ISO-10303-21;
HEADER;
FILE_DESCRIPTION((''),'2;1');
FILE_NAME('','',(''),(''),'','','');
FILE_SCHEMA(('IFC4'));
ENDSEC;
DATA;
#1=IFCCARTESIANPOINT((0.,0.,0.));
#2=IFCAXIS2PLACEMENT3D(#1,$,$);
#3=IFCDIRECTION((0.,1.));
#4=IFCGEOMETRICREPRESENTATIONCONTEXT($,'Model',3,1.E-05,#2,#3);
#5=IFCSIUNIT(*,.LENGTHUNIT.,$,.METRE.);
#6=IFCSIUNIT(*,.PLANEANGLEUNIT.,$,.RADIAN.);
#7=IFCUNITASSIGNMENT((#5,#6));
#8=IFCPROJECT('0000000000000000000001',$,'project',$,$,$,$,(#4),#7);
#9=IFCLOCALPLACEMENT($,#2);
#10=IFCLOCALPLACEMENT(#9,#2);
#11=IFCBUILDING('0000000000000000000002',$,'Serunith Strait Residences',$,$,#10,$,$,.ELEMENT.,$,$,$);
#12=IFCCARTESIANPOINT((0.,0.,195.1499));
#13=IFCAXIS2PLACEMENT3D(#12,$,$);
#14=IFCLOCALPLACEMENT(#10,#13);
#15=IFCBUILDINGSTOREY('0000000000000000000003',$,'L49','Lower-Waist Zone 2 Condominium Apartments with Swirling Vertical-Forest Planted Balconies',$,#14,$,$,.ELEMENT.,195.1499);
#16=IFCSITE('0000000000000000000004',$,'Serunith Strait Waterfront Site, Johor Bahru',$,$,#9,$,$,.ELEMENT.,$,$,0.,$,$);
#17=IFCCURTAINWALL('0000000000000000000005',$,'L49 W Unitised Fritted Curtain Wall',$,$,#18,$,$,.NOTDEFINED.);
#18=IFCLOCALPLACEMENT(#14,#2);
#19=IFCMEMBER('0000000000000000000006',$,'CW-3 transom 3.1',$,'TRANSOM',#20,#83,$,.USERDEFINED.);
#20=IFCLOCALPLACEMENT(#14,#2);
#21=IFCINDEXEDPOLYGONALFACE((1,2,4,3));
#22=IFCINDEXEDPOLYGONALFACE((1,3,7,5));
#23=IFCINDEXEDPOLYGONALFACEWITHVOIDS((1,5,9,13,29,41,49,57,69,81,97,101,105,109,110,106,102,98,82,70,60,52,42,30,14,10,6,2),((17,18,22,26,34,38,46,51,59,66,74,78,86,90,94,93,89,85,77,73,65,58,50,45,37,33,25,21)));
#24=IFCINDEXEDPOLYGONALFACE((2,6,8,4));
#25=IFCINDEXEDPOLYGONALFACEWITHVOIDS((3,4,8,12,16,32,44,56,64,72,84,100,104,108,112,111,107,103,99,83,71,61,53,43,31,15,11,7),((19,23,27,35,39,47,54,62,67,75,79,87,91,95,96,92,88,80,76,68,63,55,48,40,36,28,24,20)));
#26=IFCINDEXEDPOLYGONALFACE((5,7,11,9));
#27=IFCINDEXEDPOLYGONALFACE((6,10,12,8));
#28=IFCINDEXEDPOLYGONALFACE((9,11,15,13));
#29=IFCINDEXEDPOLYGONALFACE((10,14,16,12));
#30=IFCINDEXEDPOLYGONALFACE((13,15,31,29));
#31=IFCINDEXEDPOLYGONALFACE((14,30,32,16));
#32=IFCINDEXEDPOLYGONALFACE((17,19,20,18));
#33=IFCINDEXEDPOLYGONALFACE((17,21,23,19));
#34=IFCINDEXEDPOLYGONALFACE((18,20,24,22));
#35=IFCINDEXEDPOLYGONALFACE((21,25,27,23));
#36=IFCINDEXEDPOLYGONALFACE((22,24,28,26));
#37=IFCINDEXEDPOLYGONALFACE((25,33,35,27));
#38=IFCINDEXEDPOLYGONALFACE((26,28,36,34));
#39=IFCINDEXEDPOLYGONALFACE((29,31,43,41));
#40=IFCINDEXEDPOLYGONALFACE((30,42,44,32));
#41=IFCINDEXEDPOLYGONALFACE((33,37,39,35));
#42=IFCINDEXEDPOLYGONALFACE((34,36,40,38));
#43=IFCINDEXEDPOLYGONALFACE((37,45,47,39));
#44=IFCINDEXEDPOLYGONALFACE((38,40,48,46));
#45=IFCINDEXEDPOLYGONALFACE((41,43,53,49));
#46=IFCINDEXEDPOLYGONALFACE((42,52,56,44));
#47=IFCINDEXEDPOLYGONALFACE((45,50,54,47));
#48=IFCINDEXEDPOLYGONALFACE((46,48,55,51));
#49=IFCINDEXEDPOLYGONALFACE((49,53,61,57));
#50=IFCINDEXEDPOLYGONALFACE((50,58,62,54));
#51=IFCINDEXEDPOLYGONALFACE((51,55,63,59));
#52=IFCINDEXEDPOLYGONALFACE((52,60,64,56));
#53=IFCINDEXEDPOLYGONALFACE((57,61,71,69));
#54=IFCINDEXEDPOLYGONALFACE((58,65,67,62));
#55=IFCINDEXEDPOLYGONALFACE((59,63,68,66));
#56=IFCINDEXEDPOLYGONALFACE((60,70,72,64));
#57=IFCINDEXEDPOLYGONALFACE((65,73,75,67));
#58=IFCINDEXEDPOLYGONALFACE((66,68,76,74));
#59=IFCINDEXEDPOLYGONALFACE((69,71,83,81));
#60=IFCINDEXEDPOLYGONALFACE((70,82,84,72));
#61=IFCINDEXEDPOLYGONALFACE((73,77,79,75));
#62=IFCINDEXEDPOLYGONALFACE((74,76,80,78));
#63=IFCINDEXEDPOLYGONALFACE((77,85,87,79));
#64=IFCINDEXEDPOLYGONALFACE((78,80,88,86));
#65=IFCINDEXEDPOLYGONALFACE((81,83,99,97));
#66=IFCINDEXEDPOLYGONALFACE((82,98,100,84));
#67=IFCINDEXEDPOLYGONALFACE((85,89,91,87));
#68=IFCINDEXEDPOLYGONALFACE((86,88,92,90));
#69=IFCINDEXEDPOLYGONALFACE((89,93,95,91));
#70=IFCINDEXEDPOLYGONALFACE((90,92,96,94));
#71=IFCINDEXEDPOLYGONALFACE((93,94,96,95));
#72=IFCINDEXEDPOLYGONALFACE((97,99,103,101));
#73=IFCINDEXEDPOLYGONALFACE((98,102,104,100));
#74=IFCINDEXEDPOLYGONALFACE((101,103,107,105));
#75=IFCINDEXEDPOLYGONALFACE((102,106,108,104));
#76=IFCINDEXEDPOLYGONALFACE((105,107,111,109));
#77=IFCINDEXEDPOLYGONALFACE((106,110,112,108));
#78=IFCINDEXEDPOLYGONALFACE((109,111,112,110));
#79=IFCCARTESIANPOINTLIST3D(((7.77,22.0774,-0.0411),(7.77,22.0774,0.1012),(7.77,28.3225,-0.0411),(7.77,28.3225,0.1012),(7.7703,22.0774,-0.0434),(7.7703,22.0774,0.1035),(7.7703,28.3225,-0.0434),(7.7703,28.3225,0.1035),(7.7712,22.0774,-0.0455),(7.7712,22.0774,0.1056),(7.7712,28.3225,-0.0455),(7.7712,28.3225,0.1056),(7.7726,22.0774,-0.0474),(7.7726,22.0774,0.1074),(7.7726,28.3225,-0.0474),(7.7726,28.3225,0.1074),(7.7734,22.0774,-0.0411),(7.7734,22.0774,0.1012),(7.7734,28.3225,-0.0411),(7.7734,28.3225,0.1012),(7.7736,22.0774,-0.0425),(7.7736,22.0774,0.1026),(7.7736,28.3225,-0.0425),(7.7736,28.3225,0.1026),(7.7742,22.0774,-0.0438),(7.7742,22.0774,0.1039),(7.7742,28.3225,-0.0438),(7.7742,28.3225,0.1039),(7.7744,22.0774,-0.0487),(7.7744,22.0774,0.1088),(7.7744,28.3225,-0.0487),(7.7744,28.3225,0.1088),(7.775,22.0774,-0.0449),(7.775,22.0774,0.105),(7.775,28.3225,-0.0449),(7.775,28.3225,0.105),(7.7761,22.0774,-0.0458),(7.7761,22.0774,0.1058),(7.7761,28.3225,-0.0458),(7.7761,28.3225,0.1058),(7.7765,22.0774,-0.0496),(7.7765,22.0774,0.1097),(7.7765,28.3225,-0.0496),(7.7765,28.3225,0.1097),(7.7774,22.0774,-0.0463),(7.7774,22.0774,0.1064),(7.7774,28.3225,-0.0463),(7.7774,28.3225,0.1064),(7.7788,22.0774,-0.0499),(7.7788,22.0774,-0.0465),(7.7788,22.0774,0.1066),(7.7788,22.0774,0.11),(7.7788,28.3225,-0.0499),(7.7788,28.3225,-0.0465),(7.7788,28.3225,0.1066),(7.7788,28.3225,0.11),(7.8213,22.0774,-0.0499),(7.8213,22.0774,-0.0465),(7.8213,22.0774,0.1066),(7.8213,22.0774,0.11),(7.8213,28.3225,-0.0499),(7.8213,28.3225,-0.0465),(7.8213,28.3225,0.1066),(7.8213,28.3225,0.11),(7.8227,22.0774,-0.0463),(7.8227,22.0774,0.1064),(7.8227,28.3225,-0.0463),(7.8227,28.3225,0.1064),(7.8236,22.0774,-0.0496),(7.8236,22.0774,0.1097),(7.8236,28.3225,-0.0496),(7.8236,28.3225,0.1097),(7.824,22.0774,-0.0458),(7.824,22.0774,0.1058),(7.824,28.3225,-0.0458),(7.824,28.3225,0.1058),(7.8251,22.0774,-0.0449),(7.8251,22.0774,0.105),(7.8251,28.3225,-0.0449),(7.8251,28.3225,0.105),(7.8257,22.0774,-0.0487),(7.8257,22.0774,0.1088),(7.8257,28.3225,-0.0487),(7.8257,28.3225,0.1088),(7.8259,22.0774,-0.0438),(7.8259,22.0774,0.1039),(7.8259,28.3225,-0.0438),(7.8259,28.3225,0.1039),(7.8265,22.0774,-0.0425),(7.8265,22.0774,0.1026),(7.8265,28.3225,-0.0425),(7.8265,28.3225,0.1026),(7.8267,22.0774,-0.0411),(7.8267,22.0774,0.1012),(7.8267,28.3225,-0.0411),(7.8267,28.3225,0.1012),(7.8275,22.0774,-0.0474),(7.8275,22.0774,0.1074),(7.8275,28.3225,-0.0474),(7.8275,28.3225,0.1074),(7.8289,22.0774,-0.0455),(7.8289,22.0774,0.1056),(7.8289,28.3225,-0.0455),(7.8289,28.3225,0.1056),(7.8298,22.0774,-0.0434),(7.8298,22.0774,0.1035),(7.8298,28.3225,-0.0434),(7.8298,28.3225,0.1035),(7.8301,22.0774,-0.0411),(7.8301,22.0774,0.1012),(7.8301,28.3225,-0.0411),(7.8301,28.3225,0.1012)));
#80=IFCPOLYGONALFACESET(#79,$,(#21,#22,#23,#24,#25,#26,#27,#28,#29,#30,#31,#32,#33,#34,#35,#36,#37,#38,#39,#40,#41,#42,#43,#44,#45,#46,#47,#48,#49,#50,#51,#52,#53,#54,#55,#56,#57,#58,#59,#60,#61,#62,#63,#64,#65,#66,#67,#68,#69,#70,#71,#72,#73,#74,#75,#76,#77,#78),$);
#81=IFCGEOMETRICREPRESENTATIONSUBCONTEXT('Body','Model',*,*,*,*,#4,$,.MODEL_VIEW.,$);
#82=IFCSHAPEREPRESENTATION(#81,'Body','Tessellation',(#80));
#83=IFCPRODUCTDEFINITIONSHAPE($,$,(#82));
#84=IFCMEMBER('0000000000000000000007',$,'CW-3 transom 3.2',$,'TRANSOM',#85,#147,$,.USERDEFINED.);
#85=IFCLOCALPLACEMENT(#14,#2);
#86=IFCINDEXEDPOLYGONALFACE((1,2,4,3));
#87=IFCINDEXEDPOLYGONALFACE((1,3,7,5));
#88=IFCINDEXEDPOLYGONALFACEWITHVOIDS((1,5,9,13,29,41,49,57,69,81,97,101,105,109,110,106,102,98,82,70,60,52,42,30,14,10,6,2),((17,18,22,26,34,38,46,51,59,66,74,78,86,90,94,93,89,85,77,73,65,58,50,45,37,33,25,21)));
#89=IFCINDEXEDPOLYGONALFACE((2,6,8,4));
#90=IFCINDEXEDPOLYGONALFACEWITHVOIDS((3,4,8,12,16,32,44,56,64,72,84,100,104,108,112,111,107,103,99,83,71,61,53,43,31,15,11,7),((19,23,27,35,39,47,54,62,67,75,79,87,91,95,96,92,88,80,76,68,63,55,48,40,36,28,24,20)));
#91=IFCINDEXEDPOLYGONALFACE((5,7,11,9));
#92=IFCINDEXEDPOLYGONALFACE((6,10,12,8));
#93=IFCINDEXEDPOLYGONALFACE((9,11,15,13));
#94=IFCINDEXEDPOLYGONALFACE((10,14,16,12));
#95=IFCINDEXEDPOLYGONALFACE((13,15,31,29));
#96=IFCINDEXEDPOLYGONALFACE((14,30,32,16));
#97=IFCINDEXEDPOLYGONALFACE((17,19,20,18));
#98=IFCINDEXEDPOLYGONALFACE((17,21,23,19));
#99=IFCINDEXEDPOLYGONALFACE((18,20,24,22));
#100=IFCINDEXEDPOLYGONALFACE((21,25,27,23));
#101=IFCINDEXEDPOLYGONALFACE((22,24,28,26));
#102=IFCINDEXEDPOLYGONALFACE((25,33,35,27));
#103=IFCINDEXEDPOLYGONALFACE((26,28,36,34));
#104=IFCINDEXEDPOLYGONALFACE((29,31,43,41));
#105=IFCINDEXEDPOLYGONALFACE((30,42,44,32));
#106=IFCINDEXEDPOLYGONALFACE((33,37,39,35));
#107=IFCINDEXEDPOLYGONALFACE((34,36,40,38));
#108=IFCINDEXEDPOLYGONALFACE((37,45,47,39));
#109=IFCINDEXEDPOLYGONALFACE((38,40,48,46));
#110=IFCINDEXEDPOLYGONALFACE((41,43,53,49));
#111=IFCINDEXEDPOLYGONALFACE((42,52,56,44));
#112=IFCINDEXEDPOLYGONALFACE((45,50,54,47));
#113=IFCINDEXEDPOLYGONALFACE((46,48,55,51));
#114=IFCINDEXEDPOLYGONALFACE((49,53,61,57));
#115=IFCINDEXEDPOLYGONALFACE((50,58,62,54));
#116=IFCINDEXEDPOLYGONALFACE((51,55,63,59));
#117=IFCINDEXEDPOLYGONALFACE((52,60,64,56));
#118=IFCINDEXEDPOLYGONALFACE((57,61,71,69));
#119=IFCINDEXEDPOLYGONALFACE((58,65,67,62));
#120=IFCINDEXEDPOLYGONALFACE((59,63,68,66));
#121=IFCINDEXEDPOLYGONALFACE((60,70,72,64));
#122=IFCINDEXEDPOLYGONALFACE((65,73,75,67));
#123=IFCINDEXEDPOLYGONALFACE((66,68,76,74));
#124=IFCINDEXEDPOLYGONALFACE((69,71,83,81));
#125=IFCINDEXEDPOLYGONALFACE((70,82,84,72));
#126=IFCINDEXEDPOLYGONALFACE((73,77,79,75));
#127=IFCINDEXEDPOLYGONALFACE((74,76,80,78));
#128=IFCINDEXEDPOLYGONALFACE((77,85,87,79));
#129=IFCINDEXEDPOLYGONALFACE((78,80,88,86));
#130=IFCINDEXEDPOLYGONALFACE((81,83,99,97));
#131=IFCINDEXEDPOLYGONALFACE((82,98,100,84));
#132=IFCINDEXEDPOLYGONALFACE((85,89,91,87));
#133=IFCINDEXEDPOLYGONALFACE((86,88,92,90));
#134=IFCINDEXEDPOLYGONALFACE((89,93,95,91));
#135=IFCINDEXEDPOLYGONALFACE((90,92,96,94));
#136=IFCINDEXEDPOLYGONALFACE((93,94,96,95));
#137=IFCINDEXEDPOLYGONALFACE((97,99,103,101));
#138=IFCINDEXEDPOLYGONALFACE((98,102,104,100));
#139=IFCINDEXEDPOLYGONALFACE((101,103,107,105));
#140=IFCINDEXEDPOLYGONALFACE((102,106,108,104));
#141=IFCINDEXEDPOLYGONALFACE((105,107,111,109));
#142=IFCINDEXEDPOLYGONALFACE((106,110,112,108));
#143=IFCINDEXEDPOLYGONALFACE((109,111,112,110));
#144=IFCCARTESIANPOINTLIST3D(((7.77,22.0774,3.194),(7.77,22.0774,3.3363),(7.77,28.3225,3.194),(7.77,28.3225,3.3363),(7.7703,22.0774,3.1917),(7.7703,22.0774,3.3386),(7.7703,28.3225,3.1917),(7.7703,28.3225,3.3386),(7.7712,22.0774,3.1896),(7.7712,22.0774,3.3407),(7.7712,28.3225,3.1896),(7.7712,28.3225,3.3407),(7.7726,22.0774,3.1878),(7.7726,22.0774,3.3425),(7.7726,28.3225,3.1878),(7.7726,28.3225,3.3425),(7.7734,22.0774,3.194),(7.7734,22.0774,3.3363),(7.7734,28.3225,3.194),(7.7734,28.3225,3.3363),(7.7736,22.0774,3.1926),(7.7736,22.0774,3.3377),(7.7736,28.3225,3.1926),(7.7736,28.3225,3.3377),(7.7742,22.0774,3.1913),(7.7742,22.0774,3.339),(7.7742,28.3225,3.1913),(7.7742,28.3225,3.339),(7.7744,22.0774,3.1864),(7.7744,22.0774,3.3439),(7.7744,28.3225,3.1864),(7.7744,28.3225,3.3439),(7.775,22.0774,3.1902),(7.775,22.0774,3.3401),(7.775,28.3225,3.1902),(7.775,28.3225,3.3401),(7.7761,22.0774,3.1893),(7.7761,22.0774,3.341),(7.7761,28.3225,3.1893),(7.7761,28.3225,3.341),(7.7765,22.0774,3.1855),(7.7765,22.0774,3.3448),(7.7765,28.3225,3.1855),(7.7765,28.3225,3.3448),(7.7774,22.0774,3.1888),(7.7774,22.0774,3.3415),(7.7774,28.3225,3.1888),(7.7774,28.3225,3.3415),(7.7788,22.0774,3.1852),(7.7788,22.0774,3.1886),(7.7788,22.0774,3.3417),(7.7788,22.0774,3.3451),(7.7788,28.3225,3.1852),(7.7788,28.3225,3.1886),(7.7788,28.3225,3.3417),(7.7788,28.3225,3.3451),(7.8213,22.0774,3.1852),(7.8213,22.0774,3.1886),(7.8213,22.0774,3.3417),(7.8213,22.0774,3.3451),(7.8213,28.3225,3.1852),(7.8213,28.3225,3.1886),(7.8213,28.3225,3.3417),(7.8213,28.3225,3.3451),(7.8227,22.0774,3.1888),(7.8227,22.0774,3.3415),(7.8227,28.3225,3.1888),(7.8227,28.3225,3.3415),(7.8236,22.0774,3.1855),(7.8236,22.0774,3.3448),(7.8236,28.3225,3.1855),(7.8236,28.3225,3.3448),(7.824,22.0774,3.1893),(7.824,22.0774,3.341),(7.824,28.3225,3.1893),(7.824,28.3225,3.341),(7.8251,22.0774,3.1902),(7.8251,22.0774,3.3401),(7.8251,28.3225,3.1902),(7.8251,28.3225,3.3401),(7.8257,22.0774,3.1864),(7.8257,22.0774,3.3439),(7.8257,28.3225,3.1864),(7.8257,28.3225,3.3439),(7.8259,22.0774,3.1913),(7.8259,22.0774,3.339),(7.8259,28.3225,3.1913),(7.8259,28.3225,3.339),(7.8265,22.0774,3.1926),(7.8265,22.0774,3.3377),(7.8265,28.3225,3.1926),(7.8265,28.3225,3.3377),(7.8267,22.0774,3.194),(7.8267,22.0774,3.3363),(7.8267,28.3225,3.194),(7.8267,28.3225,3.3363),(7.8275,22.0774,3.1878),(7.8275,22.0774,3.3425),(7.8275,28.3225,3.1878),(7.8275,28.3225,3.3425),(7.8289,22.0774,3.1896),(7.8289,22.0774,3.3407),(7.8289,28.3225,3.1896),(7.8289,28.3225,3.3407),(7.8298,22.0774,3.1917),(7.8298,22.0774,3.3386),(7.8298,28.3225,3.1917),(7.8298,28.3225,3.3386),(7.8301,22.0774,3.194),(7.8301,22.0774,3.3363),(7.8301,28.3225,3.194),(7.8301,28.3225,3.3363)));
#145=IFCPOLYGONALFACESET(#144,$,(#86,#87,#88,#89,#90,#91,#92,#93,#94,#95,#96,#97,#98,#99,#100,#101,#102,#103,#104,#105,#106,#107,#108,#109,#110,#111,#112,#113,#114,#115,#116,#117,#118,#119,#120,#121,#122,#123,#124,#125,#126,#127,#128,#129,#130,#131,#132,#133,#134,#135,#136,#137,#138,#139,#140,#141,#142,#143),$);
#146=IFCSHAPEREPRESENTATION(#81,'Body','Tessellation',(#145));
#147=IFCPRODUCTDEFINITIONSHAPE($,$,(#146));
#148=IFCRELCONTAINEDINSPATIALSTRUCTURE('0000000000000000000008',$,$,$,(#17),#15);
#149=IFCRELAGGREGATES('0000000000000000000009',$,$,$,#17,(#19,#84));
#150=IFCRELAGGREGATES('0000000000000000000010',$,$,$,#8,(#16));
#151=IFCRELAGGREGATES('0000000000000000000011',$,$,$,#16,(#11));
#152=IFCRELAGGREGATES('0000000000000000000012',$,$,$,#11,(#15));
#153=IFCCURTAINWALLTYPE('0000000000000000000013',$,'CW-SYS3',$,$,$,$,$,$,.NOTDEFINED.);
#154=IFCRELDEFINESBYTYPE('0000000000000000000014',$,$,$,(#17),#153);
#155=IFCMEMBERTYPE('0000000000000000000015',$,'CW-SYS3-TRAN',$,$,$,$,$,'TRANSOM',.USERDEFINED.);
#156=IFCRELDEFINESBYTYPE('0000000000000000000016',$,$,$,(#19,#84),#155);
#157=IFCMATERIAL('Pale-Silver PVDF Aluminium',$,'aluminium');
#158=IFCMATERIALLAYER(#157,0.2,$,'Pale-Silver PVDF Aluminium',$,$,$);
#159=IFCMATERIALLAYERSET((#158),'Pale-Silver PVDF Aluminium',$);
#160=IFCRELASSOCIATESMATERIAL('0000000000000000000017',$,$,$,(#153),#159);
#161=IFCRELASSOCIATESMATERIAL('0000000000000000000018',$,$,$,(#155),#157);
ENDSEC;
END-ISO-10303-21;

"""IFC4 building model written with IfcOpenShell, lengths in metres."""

from ifc_helpers import new_model, si_unit, direction, frame, origin, origin_2d, place, context, subcontext, project, spatial, hollow_rectangle, extrude, source, transform, mapped, material, layer, layer_set, material_profile, profile_set, type_object, element, aggregate, save


model = new_model("IFC4")

# Units and contexts
model_context = context("Model", 3, precision=1e-05, world=origin(), true_north=direction((0.0, 1.0)))
body_context = subcontext(model_context, "Body", "Model", "MODEL_VIEW")
ifc_project = project(units=[si_unit("LENGTHUNIT", "METRE"), si_unit("PLANEANGLEUNIT", "RADIAN")], contexts=[model_context])

# Site, building, storey
site_placement = place(None, origin())
site = spatial("IfcSite", under=ifc_project, at=site_placement, Name="Serunith Strait Waterfront Site, Johor Bahru", CompositionType="ELEMENT", RefElevation=0.0)
building_placement = place(site_placement, origin())
building = spatial("IfcBuilding", under=site, at=building_placement, Name="Serunith Strait Residences", CompositionType="ELEMENT")
storey_placement = place(building_placement, frame((0.0, 0.0, 195.1499)))
storey = spatial("IfcBuildingStorey", under=building, at=storey_placement, Name="L49", Description="Lower-Waist Zone 2 Condominium Apartments with Swirling Vertical-Forest Planted Balconies", CompositionType="ELEMENT", Elevation=195.1499)

# Curtain wall, members
ifc_material_1 = material(Name="Pale-Silver PVDF Aluminium", Category="aluminium")
ifc_layer_1 = layer(ifc_material_1, 0.2, Name="Pale-Silver PVDF Aluminium")
ifc_layer_set_1 = layer_set([ifc_layer_1], Name="Pale-Silver PVDF Aluminium")
curtain_wall_type = type_object("IfcCurtainWallType", Name="CW-SYS3", PredefinedType="NOTDEFINED", material=ifc_layer_set_1)
curtain_wall_placement = place(storey_placement, origin())
curtain_wall = element("IfcCurtainWall", 1, at=curtain_wall_placement, inside=storey, type_object=curtain_wall_type, Name="L49 W Unitised Fritted Curtain Wall", PredefinedType="NOTDEFINED")
ifc_material_profile_1 = material_profile(ifc_material_1, hollow_rectangle(XDim=0.0601, YDim=0.1599, WallThickness=0.0034, InnerFilletRadius=0.0054, OuterFilletRadius=0.0088, at=origin_2d()), Name="ALU 160x60x3.5")
ifc_profile_set_1 = profile_set([ifc_material_profile_1], Name="Pale-Silver PVDF Aluminium")
member_type_1 = type_object("IfcMemberType", Name="CW-SYS3-TRAN", ElementType="TRANSOM", PredefinedType="USERDEFINED", material=ifc_profile_set_1)
shared_shape_1 = source(origin(), body_context, "Body", "SweptSolid", [
    extrude(hollow_rectangle(XDim=0.0601, YDim=0.1599, WallThickness=0.0034, InnerFilletRadius=0.0054, OuterFilletRadius=0.0088, at=origin_2d()), origin(), (0.0, 0.0, 1.0), 6.2451),
])
member_1_placement = place(storey_placement, frame((7.8, 28.3225, 0.03), z_axis=(0.0, -1.0, 0.0), x_axis=(1.0, 0.0, 0.0)))
member_1 = element("IfcMember", 2, at=member_1_placement, type_object=member_type_1, Name="CW-3 transom 3.1", ObjectType="TRANSOM", PredefinedType="USERDEFINED", context=body_context, shape_type="MappedRepresentation", body=[
    mapped(shared_shape_1, transform((0.0, 0.0, 0.0), scale=1.0)),
])
member_2_placement = place(storey_placement, frame((7.8, 28.3225, 3.2651), z_axis=(0.0, -1.0, 0.0), x_axis=(1.0, 0.0, 0.0)))
member_2 = element("IfcMember", 3, at=member_2_placement, type_object=member_type_1, Name="CW-3 transom 3.2", ObjectType="TRANSOM", PredefinedType="USERDEFINED", context=body_context, shape_type="MappedRepresentation", body=[
    mapped(shared_shape_1, transform((0.0, 0.0, 0.0), scale=1.0)),
])
aggregate(curtain_wall, [member_1, member_2])

save(model, "model.ifc")
